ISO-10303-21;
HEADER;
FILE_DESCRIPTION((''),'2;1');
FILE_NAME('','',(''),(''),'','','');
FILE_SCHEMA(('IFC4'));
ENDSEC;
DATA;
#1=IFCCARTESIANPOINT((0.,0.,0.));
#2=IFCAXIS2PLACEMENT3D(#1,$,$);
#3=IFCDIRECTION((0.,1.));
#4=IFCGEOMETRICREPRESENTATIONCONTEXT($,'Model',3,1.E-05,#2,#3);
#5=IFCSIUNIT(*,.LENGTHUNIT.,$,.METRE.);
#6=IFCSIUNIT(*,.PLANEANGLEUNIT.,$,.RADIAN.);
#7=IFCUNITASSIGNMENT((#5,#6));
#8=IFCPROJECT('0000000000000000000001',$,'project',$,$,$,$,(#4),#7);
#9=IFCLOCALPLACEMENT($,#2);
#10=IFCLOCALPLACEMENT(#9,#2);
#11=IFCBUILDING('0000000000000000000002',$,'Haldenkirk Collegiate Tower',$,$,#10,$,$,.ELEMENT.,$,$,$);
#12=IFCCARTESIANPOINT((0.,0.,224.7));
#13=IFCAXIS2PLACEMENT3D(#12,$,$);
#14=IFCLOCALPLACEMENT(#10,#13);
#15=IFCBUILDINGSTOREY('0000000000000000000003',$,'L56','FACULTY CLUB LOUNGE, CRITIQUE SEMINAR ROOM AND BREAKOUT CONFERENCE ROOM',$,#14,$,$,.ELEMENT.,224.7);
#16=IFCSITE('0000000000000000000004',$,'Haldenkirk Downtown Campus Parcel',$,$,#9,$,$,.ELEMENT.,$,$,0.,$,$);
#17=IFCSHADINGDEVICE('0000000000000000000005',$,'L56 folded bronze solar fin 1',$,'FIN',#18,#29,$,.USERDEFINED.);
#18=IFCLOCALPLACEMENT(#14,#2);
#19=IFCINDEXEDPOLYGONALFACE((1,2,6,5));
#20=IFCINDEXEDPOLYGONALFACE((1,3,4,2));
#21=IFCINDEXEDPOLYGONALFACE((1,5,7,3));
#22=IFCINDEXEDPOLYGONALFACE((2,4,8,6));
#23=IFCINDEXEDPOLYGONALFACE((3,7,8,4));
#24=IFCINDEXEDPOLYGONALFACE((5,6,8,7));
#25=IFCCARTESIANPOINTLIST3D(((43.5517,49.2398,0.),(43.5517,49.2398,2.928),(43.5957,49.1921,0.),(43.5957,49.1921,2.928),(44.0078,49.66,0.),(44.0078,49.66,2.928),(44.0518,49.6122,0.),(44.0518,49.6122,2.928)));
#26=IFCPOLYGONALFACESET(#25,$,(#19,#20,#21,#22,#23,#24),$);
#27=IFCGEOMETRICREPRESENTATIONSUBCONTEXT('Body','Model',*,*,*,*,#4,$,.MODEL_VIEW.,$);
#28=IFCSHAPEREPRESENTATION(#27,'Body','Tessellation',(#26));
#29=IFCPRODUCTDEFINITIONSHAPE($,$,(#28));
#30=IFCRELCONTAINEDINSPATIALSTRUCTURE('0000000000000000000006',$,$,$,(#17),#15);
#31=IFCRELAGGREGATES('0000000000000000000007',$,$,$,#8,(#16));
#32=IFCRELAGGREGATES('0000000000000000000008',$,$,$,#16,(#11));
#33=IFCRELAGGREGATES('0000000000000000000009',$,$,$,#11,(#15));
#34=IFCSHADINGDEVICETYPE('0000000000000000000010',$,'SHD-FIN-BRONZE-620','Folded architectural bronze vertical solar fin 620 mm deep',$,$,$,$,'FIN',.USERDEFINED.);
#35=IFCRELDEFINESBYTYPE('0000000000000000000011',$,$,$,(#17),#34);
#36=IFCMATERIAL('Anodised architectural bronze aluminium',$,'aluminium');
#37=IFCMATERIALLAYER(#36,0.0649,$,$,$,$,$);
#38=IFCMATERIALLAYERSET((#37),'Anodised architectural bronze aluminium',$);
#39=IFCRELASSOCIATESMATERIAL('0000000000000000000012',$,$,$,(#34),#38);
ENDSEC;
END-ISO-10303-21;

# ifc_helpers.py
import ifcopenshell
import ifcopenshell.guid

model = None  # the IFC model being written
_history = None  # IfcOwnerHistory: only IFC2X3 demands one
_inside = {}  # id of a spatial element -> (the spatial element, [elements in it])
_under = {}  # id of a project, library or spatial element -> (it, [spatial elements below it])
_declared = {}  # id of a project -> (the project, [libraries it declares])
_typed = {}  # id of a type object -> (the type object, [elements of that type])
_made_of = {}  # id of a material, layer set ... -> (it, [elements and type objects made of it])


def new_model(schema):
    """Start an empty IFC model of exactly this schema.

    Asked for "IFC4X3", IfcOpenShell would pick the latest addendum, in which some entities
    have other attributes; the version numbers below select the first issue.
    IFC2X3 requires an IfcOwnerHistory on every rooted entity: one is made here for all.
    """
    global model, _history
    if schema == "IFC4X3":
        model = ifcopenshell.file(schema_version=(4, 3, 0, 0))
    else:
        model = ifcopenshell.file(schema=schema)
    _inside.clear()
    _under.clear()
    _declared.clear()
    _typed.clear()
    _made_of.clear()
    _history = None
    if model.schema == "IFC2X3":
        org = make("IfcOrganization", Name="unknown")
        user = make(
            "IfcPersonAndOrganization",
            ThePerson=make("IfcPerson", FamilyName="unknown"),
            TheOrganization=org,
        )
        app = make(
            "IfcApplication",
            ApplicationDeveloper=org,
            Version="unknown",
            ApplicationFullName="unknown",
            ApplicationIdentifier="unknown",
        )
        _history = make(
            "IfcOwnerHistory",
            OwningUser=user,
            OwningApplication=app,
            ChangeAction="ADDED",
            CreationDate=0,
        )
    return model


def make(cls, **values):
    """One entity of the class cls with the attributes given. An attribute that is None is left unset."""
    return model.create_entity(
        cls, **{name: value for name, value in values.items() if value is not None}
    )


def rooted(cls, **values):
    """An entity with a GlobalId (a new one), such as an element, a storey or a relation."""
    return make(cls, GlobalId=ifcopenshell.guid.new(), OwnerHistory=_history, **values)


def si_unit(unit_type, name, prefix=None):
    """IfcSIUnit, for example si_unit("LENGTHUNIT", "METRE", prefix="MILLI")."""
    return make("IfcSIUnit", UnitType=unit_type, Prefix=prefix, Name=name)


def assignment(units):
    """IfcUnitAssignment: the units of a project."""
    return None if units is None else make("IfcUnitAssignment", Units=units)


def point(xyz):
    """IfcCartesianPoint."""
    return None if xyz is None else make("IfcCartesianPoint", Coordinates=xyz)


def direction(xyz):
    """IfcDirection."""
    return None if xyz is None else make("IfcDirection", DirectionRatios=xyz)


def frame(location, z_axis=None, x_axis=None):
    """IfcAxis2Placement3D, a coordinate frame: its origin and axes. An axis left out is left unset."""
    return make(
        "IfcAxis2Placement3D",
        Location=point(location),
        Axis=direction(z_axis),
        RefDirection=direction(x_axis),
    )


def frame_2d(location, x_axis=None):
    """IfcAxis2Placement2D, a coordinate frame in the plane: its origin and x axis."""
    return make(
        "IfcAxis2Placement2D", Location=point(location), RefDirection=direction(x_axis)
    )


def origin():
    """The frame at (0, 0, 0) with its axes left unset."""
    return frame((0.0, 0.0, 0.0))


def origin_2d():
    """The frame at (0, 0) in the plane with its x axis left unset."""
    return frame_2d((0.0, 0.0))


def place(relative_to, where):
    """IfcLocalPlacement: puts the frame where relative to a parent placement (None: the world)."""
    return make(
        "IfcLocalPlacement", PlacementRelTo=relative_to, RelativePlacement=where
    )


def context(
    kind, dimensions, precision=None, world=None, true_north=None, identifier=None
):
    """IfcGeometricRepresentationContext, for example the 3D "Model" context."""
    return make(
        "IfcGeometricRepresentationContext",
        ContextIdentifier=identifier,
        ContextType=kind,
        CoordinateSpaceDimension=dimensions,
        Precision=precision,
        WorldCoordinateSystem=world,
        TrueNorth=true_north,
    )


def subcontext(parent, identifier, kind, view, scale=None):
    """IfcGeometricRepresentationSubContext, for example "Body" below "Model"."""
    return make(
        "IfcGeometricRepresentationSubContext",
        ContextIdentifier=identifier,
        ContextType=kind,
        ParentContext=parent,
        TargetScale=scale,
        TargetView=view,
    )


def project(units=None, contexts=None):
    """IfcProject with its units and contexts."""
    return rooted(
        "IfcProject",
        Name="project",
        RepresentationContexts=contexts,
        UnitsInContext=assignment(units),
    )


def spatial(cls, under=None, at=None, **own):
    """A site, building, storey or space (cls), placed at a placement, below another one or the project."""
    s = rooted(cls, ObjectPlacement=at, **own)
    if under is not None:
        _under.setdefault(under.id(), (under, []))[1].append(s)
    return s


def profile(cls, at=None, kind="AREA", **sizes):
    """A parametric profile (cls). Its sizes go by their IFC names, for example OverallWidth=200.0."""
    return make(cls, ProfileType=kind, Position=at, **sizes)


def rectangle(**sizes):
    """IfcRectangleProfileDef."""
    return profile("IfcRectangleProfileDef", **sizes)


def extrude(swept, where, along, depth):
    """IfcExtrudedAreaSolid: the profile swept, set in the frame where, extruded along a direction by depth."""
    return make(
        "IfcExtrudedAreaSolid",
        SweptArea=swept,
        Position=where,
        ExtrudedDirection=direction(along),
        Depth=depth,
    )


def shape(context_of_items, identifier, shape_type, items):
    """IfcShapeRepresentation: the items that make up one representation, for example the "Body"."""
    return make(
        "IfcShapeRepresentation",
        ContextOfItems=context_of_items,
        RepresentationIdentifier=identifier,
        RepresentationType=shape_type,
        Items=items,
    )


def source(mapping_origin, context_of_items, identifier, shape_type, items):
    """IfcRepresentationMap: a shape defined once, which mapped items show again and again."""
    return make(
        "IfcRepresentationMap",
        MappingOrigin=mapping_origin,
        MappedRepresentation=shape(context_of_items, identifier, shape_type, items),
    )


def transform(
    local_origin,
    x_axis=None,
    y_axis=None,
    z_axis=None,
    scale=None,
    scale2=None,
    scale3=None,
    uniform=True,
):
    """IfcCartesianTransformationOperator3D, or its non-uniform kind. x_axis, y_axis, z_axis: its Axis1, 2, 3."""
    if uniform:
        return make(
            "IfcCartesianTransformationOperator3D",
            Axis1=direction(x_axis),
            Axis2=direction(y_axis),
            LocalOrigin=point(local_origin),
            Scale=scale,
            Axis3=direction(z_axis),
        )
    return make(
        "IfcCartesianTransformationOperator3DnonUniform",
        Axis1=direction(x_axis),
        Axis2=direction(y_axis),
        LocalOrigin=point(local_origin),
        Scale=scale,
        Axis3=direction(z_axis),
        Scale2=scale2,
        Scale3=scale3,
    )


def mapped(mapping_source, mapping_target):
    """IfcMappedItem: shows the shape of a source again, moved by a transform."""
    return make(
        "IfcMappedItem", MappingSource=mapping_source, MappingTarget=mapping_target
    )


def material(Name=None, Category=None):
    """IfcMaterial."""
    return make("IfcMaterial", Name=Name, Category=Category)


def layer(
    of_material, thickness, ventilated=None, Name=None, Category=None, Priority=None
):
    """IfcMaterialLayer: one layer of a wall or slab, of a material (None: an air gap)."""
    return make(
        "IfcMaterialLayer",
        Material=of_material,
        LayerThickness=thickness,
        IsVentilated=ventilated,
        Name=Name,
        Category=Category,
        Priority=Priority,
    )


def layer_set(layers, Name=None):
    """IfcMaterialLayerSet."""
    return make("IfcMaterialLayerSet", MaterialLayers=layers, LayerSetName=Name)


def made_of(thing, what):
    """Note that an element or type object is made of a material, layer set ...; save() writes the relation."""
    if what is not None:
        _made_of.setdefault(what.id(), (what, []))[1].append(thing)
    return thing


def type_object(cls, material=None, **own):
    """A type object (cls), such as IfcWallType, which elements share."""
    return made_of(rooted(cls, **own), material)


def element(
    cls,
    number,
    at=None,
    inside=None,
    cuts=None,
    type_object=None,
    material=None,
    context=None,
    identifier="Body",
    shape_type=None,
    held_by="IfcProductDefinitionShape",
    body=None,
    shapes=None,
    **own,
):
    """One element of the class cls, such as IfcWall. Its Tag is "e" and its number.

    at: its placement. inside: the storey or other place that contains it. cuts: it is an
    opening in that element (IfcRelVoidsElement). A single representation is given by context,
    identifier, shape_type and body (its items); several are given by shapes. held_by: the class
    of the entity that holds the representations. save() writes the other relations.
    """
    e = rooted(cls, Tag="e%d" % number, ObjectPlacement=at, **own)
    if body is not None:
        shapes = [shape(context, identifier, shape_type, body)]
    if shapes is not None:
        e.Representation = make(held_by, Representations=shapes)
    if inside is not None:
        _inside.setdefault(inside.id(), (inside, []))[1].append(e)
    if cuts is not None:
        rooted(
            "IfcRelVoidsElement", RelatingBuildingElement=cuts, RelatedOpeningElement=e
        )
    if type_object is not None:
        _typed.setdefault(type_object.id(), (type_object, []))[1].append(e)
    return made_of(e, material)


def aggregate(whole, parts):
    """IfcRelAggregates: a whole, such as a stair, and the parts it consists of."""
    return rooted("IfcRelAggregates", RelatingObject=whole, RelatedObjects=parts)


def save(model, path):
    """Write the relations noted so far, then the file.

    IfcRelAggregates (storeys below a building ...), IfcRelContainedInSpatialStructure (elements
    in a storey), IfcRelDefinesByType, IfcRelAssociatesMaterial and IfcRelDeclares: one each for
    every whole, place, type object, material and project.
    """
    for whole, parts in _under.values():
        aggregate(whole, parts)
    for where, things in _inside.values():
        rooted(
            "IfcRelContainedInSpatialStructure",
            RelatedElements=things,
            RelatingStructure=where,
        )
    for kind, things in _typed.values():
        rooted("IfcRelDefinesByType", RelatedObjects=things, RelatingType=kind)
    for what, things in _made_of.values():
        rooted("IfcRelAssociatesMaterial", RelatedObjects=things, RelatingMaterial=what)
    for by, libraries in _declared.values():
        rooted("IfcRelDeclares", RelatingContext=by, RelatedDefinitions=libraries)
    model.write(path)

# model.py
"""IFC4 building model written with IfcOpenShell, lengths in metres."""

from ifc_helpers import new_model, si_unit, direction, frame, origin, origin_2d, place, context, subcontext, project, spatial, rectangle, extrude, source, transform, mapped, material, layer, layer_set, type_object, element, save


model = new_model("IFC4")

# Units and contexts
model_context = context("Model", 3, precision=1e-05, world=origin(), true_north=direction((0.0, 1.0)))
body_context = subcontext(model_context, "Body", "Model", "MODEL_VIEW")
ifc_project = project(units=[si_unit("LENGTHUNIT", "METRE"), si_unit("PLANEANGLEUNIT", "RADIAN")], contexts=[model_context])

# Site, building, storey
site_placement = place(None, origin())
site = spatial("IfcSite", under=ifc_project, at=site_placement, Name="Haldenkirk Downtown Campus Parcel", CompositionType="ELEMENT", RefElevation=0.0)
building_placement = place(site_placement, origin())
building = spatial("IfcBuilding", under=site, at=building_placement, Name="Haldenkirk Collegiate Tower", CompositionType="ELEMENT")
storey_placement = place(building_placement, frame((0.0, 0.0, 224.7)))
storey = spatial("IfcBuildingStorey", under=building, at=storey_placement, Name="L56", Description="FACULTY CLUB LOUNGE, CRITIQUE SEMINAR ROOM AND BREAKOUT CONFERENCE ROOM", CompositionType="ELEMENT", Elevation=224.7)

# Shared definitions
ifc_material_1 = material(Name="Anodised architectural bronze aluminium", Category="aluminium")

# Shading device
ifc_layer_1 = layer(ifc_material_1, 0.0649)
ifc_layer_set_1 = layer_set([ifc_layer_1], Name="Anodised architectural bronze aluminium")
shading_device_type = type_object("IfcShadingDeviceType", Name="SHD-FIN-BRONZE-620", Description="Folded architectural bronze vertical solar fin 620 mm deep", ElementType="FIN", PredefinedType="USERDEFINED", material=ifc_layer_set_1)
shared_shape_1 = source(origin(), body_context, "Body", "SweptSolid", [
    extrude(rectangle(XDim=0.6201, YDim=0.0649, at=origin_2d()), origin(), (0.0, 0.0, 1.0), 2.928),
])
shading_device_placement = place(storey_placement, frame((43.8018, 49.426, 0.0), z_axis=(0.0, 0.0, 1.0), x_axis=(0.735506, 0.677518, 0.0)))
element("IfcShadingDevice", 1, at=shading_device_placement, inside=storey, type_object=shading_device_type, Name="L56 folded bronze solar fin 1", ObjectType="FIN", PredefinedType="USERDEFINED", context=body_context, shape_type="MappedRepresentation", body=[
    mapped(shared_shape_1, transform((0.0, 0.0, 0.0), x_axis=(1.0, 0.0, 0.0), y_axis=(0.0, 1.0, 0.0), z_axis=(0.0, 0.0, 1.0), scale=1.0)),
])

save(model, "model.ifc")
